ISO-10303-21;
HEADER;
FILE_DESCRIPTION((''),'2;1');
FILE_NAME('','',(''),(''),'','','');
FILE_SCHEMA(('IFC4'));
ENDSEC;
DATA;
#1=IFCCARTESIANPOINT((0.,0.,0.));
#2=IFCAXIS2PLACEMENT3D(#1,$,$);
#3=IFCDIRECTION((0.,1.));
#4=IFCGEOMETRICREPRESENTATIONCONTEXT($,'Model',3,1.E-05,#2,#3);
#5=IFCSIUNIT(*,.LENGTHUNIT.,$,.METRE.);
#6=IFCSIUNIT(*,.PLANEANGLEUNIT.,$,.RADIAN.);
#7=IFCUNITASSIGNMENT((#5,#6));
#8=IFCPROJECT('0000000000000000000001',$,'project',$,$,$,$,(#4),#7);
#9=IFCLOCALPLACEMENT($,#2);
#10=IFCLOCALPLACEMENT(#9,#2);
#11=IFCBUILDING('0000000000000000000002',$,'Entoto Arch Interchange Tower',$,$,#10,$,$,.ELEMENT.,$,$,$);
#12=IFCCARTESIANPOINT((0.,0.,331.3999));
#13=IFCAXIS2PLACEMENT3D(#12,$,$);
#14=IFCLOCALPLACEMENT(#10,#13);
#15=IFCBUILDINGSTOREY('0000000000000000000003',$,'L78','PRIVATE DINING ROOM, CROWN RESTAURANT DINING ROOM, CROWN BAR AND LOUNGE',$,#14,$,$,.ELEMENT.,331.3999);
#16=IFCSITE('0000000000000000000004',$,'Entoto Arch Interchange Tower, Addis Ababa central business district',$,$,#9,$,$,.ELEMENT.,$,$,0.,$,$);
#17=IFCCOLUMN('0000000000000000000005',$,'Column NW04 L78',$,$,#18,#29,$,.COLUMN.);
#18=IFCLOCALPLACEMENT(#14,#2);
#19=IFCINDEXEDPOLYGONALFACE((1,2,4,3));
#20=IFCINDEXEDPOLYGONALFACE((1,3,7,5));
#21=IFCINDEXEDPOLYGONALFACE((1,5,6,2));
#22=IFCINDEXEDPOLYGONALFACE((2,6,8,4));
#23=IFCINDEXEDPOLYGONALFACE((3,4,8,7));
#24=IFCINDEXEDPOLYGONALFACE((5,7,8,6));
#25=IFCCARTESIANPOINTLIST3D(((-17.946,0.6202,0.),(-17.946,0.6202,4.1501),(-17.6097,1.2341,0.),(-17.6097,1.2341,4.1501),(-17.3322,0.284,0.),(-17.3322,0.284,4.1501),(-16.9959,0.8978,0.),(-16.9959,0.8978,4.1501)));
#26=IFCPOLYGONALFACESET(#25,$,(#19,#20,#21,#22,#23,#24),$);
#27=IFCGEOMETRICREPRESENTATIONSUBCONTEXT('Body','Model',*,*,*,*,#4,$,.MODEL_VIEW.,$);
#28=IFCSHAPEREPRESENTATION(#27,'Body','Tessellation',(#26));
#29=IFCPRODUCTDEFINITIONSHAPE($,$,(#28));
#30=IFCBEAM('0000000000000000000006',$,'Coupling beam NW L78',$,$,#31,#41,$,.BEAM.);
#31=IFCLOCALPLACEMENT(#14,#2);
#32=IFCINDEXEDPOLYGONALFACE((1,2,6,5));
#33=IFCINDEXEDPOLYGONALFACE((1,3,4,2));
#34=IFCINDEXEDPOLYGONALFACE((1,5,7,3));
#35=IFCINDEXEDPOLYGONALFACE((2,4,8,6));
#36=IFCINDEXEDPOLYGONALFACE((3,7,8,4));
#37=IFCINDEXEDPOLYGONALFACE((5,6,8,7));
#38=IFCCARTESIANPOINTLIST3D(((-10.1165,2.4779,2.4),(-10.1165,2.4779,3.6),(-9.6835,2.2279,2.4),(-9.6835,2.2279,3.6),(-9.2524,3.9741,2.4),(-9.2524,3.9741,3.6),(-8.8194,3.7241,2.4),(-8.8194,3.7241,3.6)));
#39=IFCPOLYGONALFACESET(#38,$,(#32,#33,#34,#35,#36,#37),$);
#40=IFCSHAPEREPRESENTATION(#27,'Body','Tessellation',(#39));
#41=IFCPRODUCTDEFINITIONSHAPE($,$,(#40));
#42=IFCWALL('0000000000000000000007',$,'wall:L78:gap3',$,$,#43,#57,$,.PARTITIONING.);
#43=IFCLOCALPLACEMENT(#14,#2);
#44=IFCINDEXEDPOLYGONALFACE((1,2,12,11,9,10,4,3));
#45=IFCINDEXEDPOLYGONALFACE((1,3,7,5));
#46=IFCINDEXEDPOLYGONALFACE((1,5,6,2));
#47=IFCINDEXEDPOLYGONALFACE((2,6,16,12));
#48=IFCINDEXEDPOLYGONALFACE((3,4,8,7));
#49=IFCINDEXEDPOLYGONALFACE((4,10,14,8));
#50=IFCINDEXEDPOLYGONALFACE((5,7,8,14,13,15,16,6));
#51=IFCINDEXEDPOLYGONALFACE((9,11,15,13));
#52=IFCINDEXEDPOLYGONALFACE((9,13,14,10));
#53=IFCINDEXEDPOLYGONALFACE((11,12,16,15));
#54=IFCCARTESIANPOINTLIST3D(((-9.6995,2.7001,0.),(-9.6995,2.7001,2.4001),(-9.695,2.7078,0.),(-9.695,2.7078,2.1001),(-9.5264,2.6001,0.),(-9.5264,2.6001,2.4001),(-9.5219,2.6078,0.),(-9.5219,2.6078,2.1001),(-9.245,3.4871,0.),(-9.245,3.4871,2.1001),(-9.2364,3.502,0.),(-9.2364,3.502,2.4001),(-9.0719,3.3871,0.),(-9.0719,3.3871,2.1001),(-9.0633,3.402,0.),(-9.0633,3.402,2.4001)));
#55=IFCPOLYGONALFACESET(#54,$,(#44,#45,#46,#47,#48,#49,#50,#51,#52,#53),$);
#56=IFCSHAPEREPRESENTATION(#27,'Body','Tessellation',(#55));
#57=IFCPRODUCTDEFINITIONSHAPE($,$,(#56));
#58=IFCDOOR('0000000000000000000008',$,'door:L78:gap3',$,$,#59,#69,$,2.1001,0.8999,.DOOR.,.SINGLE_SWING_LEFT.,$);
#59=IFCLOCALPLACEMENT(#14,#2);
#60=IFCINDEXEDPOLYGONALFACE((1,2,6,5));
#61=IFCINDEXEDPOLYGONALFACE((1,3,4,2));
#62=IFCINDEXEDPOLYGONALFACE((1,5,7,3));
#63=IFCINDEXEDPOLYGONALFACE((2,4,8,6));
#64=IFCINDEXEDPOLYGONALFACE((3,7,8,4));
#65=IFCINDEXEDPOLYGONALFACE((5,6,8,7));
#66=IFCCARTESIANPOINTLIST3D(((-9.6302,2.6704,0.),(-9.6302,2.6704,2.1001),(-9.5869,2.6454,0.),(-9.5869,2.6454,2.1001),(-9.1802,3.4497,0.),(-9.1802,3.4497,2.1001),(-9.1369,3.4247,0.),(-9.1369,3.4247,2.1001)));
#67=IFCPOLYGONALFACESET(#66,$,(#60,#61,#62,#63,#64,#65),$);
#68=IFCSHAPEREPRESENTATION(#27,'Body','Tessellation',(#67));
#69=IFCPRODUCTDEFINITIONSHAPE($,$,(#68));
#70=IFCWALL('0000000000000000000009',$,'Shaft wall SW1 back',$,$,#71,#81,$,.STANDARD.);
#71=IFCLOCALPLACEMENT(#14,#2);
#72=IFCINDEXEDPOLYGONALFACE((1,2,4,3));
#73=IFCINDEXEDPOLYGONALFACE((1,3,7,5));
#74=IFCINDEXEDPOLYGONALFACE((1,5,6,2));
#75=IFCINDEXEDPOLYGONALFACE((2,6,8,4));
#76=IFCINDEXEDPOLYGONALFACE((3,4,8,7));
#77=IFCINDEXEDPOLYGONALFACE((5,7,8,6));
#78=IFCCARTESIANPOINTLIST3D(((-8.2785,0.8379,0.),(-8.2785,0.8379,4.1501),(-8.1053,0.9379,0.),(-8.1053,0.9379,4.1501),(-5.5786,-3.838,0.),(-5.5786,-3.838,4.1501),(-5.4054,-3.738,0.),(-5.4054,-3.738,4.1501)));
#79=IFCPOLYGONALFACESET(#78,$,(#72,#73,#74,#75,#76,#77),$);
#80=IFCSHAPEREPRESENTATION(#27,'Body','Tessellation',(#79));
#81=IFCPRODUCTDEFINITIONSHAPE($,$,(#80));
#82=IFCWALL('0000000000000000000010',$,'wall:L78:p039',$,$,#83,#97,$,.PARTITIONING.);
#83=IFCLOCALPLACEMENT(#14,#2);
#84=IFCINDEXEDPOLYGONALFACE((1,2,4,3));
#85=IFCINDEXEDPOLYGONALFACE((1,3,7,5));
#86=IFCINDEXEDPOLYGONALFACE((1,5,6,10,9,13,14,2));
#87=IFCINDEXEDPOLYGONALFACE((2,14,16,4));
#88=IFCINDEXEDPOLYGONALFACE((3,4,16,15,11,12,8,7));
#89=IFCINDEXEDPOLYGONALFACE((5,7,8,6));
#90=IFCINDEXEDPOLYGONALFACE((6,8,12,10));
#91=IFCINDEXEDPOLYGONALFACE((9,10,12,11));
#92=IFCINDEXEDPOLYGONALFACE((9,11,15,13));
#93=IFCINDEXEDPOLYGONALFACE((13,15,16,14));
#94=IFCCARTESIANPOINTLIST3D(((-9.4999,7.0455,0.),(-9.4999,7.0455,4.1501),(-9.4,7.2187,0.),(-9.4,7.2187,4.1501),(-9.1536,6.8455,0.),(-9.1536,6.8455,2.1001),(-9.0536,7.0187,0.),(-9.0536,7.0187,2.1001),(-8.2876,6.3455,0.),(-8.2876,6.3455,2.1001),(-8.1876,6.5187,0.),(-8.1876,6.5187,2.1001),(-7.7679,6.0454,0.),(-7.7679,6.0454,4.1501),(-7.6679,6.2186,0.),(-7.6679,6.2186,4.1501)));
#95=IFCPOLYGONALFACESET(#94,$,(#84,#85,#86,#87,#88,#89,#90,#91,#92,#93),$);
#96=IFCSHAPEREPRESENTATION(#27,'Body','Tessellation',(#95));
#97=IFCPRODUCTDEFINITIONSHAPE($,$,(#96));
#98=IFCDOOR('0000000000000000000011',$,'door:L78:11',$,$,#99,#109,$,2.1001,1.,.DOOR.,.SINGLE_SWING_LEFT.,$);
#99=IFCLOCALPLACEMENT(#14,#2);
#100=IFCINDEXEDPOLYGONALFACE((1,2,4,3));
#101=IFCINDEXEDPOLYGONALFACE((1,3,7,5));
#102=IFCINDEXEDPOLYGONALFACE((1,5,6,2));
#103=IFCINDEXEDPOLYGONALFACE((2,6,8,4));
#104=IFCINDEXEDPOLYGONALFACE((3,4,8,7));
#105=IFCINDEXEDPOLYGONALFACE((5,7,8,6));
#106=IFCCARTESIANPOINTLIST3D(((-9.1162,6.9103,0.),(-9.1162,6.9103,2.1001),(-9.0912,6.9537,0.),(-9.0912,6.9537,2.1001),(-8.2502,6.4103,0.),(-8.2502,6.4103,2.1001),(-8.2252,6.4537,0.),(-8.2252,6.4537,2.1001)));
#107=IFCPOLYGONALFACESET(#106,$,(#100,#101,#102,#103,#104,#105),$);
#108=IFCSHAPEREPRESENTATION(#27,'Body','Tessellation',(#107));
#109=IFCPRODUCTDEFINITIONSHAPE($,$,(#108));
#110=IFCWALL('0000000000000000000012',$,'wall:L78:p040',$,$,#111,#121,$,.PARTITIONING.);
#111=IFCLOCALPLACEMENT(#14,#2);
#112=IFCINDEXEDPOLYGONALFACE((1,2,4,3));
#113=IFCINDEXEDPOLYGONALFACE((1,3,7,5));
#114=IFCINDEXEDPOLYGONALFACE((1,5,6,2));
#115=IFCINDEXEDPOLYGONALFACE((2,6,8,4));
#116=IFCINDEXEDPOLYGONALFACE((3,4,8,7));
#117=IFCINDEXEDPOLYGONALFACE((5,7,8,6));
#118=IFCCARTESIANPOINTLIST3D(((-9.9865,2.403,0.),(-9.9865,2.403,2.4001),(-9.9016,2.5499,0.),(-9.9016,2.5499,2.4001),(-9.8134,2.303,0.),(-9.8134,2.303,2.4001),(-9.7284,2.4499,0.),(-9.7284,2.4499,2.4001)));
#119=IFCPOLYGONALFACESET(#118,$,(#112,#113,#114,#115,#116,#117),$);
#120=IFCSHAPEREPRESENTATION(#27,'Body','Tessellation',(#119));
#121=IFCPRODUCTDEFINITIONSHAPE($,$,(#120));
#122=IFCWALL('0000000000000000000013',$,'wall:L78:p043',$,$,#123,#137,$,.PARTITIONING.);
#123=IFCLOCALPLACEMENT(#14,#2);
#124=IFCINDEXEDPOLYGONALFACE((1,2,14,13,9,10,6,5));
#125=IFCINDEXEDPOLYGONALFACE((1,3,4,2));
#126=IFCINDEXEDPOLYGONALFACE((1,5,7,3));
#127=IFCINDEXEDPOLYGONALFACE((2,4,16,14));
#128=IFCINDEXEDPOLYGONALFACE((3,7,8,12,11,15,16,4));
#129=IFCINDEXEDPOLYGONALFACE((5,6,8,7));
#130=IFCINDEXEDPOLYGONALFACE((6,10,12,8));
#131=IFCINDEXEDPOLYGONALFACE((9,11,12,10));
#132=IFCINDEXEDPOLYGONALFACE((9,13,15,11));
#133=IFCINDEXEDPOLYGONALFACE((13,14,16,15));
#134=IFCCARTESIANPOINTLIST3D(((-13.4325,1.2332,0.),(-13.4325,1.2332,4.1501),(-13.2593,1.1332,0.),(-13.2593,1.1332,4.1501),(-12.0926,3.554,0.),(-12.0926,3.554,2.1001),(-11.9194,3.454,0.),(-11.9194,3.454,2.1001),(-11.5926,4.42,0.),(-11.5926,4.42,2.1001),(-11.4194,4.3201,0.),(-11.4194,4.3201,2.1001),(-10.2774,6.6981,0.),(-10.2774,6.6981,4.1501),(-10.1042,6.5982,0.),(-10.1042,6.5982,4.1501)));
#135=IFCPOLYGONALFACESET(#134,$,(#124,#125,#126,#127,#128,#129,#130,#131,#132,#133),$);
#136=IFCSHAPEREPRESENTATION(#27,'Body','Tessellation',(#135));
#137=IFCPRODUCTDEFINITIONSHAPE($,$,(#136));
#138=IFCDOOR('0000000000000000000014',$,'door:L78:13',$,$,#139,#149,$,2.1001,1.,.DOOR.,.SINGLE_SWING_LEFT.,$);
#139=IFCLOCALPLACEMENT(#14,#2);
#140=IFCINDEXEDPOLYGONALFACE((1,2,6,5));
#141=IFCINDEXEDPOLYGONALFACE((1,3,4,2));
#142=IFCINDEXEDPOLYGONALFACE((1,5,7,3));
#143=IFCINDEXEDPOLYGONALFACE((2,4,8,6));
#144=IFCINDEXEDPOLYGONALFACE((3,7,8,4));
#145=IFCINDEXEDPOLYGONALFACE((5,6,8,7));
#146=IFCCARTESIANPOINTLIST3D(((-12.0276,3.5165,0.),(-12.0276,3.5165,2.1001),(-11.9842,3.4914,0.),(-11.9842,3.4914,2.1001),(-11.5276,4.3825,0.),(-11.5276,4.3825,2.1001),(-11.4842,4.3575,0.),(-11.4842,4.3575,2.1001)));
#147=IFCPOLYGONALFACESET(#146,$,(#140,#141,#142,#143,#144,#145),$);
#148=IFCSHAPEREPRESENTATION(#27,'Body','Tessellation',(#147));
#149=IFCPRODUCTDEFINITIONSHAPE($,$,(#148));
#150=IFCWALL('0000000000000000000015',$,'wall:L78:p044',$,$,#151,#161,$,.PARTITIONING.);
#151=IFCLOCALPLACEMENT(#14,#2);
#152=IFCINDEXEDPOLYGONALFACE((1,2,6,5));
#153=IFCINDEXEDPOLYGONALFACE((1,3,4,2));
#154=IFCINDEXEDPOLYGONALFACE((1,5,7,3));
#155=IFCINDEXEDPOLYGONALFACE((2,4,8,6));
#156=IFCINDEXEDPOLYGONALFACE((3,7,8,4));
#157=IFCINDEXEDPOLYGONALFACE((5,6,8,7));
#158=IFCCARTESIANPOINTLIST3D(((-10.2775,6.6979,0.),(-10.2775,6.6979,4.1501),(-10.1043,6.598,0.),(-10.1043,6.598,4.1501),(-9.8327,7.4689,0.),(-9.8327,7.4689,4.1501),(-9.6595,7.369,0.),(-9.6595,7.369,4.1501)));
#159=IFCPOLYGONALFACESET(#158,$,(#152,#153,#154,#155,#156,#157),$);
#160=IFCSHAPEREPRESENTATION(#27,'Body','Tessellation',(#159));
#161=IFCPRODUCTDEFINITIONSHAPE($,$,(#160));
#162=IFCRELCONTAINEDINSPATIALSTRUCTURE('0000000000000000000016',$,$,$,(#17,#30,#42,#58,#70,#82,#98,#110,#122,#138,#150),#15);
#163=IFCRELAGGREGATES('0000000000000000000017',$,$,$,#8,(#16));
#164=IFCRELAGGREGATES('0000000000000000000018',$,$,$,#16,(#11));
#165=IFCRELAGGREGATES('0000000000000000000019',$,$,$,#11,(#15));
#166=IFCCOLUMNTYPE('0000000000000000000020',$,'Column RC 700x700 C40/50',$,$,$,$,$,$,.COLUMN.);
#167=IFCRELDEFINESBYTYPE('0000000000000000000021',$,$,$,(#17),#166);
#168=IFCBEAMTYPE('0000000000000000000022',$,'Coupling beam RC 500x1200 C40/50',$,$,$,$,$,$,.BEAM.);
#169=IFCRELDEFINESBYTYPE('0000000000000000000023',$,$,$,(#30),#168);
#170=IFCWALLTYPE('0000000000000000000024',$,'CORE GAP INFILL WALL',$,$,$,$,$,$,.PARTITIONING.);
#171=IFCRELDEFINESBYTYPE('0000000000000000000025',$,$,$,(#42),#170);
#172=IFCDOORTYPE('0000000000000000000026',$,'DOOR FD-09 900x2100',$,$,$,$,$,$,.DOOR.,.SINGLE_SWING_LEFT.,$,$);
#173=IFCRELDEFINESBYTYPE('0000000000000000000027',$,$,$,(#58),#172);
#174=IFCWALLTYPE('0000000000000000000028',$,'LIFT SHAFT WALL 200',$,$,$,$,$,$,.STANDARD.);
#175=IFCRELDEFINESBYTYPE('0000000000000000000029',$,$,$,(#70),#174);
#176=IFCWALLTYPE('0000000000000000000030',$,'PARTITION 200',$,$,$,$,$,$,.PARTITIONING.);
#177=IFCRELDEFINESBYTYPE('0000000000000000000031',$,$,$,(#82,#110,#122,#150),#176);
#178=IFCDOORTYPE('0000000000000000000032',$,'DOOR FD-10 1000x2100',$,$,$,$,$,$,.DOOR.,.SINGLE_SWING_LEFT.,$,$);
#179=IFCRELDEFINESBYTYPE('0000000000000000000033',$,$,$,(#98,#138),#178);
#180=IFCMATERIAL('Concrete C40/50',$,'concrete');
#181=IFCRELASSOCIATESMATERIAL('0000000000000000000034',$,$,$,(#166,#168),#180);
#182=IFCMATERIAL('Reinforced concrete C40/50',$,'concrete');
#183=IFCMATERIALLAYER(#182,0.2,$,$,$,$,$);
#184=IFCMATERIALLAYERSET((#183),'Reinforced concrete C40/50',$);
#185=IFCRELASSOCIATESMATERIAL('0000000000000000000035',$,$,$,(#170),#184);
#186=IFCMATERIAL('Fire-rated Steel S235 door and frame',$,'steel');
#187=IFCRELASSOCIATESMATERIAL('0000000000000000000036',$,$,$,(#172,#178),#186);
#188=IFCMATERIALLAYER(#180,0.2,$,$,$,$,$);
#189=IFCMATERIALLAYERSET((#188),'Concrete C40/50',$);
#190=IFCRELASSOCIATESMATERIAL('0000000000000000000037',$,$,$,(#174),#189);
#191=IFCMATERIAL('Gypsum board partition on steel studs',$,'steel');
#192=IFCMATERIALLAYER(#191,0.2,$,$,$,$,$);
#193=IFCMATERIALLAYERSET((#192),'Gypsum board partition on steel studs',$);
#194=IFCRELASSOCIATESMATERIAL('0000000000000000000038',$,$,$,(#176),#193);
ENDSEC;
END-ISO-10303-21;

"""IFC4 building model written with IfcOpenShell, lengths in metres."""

from ifc_helpers import new_model, si_unit, direction, frame, frame_2d, origin, origin_2d, place, context, subcontext, project, spatial, rectangle, extrude, material, layer, layer_set, material_profile, profile_set, type_object, element, fill, save


model = new_model("IFC4")

# Units and contexts
model_context = context("Model", 3, precision=1e-05, world=origin(), true_north=direction((0.0, 1.0)))
body_context = subcontext(model_context, "Body", "Model", "MODEL_VIEW")
ifc_project = project(units=[si_unit("LENGTHUNIT", "METRE"), si_unit("PLANEANGLEUNIT", "RADIAN")], contexts=[model_context])

# Site, building, storey
site_placement = place(None, origin())
site = spatial("IfcSite", under=ifc_project, at=site_placement, Name="Entoto Arch Interchange Tower, Addis Ababa central business district", CompositionType="ELEMENT", RefElevation=0.0)
building_placement = place(site_placement, origin())
building = spatial("IfcBuilding", under=site, at=building_placement, Name="Entoto Arch Interchange Tower", CompositionType="ELEMENT")
storey_placement = place(building_placement, frame((0.0, 0.0, 331.3999)))
storey = spatial("IfcBuildingStorey", under=building, at=storey_placement, Name="L78", Description="PRIVATE DINING ROOM, CROWN RESTAURANT DINING ROOM, CROWN BAR AND LOUNGE", CompositionType="ELEMENT", Elevation=331.3999)

# Column
ifc_material_1 = material(Name="Concrete C40/50", Category="concrete")
ifc_material_profile_1 = material_profile(ifc_material_1, rectangle(XDim=0.7, YDim=0.7, at=origin_2d()))
ifc_profile_set_1 = profile_set([ifc_material_profile_1], Name="Concrete C40/50")
column_type = type_object("IfcColumnType", Name="Column RC 700x700 C40/50", PredefinedType="COLUMN", material=ifc_profile_set_1)
column_placement = place(storey_placement, frame((-17.4709, 0.759, 0.0), z_axis=(0.0, 0.0, 1.0), x_axis=(0.480438, 0.877029, 0.0)))
element("IfcColumn", 1, at=column_placement, inside=storey, type_object=column_type, Name="Column NW04 L78", PredefinedType="COLUMN", context=body_context, shape_type="SweptSolid", body=[
    extrude(rectangle(XDim=0.7, YDim=0.7, at=origin_2d()), origin(), (0.0, 0.0, 1.0), 4.1501),
])

# Beam
ifc_material_profile_2 = material_profile(ifc_material_1, rectangle(XDim=0.5, YDim=1.2, at=origin_2d()))
ifc_profile_set_2 = profile_set([ifc_material_profile_2], Name="Concrete C40/50")
beam_type = type_object("IfcBeamType", Name="Coupling beam RC 500x1200 C40/50", PredefinedType="BEAM", material=ifc_profile_set_2)
beam_placement = place(storey_placement, frame((-9.0359, 3.8491, 3.0), z_axis=(-0.500106, -0.865964, 0.0), x_axis=(0.865964, -0.500106, 0.0)))
element("IfcBeam", 2, at=beam_placement, inside=storey, type_object=beam_type, Name="Coupling beam NW L78", PredefinedType="BEAM", context=body_context, shape_type="SweptSolid", body=[
    extrude(rectangle(XDim=0.5, YDim=1.2, at=origin_2d()), origin(), (0.0, 0.0, 1.0), 1.7278),
])

# Wall, opening, door
ifc_material_2 = material(Name="Reinforced concrete C40/50", Category="concrete")
ifc_layer_1 = layer(ifc_material_2, 0.2)
ifc_layer_set_1 = layer_set([ifc_layer_1], Name="Reinforced concrete C40/50")
wall_type_1 = type_object("IfcWallType", Name="CORE GAP INFILL WALL", PredefinedType="PARTITIONING", material=ifc_layer_set_1)
wall_1_placement = place(storey_placement, frame((-9.1499, 3.4519, 0.0), z_axis=(0.0, 0.0, 1.0), x_axis=(-0.50008, -0.865979, 0.0)))
wall_1 = element("IfcWall", 3, at=wall_1_placement, inside=storey, type_object=wall_type_1, Name="wall:L78:gap3", PredefinedType="PARTITIONING", context=body_context, shape_type="SweptSolid", body=[
    extrude(rectangle(XDim=0.926, YDim=0.2, at=frame_2d((0.4629, 0.0))), origin(), (0.0, 0.0, 1.0), 2.4001),
])
opening_1_placement = place(wall_1_placement, frame((0.0171, 0.0, 0.0)))
opening_1 = element("IfcOpeningElement", 4, at=opening_1_placement, cuts=wall_1, PredefinedType="OPENING", context=body_context, shape_type="SweptSolid", body=[
    extrude(rectangle(XDim=0.8999, YDim=2.1001, at=frame_2d((0.45, 1.05))), frame((0.0, 0.1099, 0.0), z_axis=(0.0, -1.0, 0.0), x_axis=(1.0, 0.0, 0.0)), (0.0, 0.0, 1.0), 0.22),
])
ifc_material_3 = material(Name="Fire-rated Steel S235 door and frame", Category="steel")
door_type_1 = type_object("IfcDoorType", Name="DOOR FD-09 900x2100", OperationType="SINGLE_SWING_LEFT", PredefinedType="DOOR", material=ifc_material_3)
door_1_placement = place(opening_1_placement, origin())
door_1 = element("IfcDoor", 5, at=door_1_placement, inside=storey, type_object=door_type_1, Name="door:L78:gap3", OperationType="SINGLE_SWING_LEFT", OverallHeight=2.1001, OverallWidth=0.8999, PredefinedType="DOOR", context=body_context, shape_type="SweptSolid", body=[
    extrude(rectangle(XDim=0.8999, YDim=2.1001, at=frame_2d((0.45, 1.05))), frame((0.0, 0.0249, 0.0), z_axis=(0.0, -1.0, 0.0), x_axis=(1.0, 0.0, 0.0)), (0.0, 0.0, 1.0), 0.05),
])
fill(opening_1, door_1)

# Wall
ifc_layer_2 = layer(ifc_material_1, 0.2)
ifc_layer_set_2 = layer_set([ifc_layer_2], Name="Concrete C40/50")
wall_type_2 = type_object("IfcWallType", Name="LIFT SHAFT WALL 200", PredefinedType="STANDARD", material=ifc_layer_set_2)
wall_2_placement = place(storey_placement, frame((-8.1919, 0.8879, 0.0), z_axis=(0.0, 0.0, 1.0), x_axis=(0.500034, -0.866006, 0.0)))
element("IfcWall", 6, at=wall_2_placement, inside=storey, type_object=wall_type_2, Name="Shaft wall SW1 back", PredefinedType="STANDARD", context=body_context, shape_type="SweptSolid", body=[
    extrude(rectangle(XDim=5.3994, YDim=0.2, at=frame_2d((2.6997, 0.0))), origin(), (0.0, 0.0, 1.0), 4.1501),
])

# Wall, opening, door
ifc_material_4 = material(Name="Gypsum board partition on steel studs", Category="steel")
ifc_layer_3 = layer(ifc_material_4, 0.2)
ifc_layer_set_3 = layer_set([ifc_layer_3], Name="Gypsum board partition on steel studs")
wall_type_3 = type_object("IfcWallType", Name="PARTITION 200", PredefinedType="PARTITIONING", material=ifc_layer_set_3)
wall_3_placement = place(storey_placement, frame((-9.45, 7.1321, 0.0), z_axis=(0.0, 0.0, 1.0), x_axis=(0.866011, -0.500025, 0.0)))
wall_3 = element("IfcWall", 7, at=wall_3_placement, inside=storey, type_object=wall_type_3, Name="wall:L78:p039", PredefinedType="PARTITIONING", context=body_context, shape_type="SweptSolid", body=[
    extrude(rectangle(XDim=2.0, YDim=0.2, at=frame_2d((1.0, 0.0))), origin(), (0.0, 0.0, 1.0), 4.1501),
])
opening_2_placement = place(wall_3_placement, frame((0.3999, 0.0, 0.0)))
opening_2 = element("IfcOpeningElement", 8, at=opening_2_placement, cuts=wall_3, PredefinedType="OPENING", context=body_context, shape_type="SweptSolid", body=[
    extrude(rectangle(XDim=1.0, YDim=2.1001, at=frame_2d((0.5, 1.05))), frame((0.0, 0.1099, 0.0), z_axis=(0.0, -1.0, 0.0), x_axis=(1.0, 0.0, 0.0)), (0.0, 0.0, 1.0), 0.22),
])
door_type_2 = type_object("IfcDoorType", Name="DOOR FD-10 1000x2100", OperationType="SINGLE_SWING_LEFT", PredefinedType="DOOR", material=ifc_material_3)
door_2_placement = place(opening_2_placement, origin())
door_2 = element("IfcDoor", 9, at=door_2_placement, inside=storey, type_object=door_type_2, Name="door:L78:11", OperationType="SINGLE_SWING_LEFT", OverallHeight=2.1001, OverallWidth=1.0, PredefinedType="DOOR", context=body_context, shape_type="SweptSolid", body=[
    extrude(rectangle(XDim=1.0, YDim=2.1001, at=frame_2d((0.5, 1.05))), frame((0.0, 0.0249, 0.0), z_axis=(0.0, -1.0, 0.0), x_axis=(1.0, 0.0, 0.0)), (0.0, 0.0, 1.0), 0.05),
])
fill(opening_2, door_2)

# Wall
wall_4_placement = place(storey_placement, frame((-9.8149, 2.5, 0.0), z_axis=(0.0, 0.0, 1.0), x_axis=(-0.500469, -0.865754, 0.0)))
element("IfcWall", 10, at=wall_4_placement, inside=storey, type_object=wall_type_3, Name="wall:L78:p040", PredefinedType="PARTITIONING", context=body_context, shape_type="SweptSolid", body=[
    extrude(rectangle(XDim=0.1697, YDim=0.2, at=frame_2d((0.085, 0.0))), origin(), (0.0, 0.0, 1.0), 2.4001),
])

# Wall, opening, door
wall_5_placement = place(storey_placement, frame((-13.3459, 1.1831, 0.0), z_axis=(0.0, 0.0, 1.0), x_axis=(0.499988, 0.866032, 0.0)))
wall_5 = element("IfcWall", 11, at=wall_5_placement, inside=storey, type_object=wall_type_3, Name="wall:L78:p043", PredefinedType="PARTITIONING", context=body_context, shape_type="SweptSolid", body=[
    extrude(rectangle(XDim=6.3103, YDim=0.2, at=frame_2d((3.1553, 0.0))), origin(), (0.0, 0.0, 1.0), 4.1501),
])
opening_3_placement = place(wall_5_placement, frame((2.6799, 0.0, 0.0)))
opening_3 = element("IfcOpeningElement", 12, at=opening_3_placement, cuts=wall_5, PredefinedType="OPENING", context=body_context, shape_type="SweptSolid", body=[
    extrude(rectangle(XDim=1.0, YDim=2.1001, at=frame_2d((0.5, 1.05))), frame((0.0, 0.1099, 0.0), z_axis=(0.0, -1.0, 0.0), x_axis=(1.0, 0.0, 0.0)), (0.0, 0.0, 1.0), 0.22),
])
door_3_placement = place(opening_3_placement, origin())
door_3 = element("IfcDoor", 13, at=door_3_placement, inside=storey, type_object=door_type_2, Name="door:L78:13", OperationType="SINGLE_SWING_LEFT", OverallHeight=2.1001, OverallWidth=1.0, PredefinedType="DOOR", context=body_context, shape_type="SweptSolid", body=[
    extrude(rectangle(XDim=1.0, YDim=2.1001, at=frame_2d((0.5, 1.05))), frame((0.0, 0.0249, 0.0), z_axis=(0.0, -1.0, 0.0), x_axis=(1.0, 0.0, 0.0)), (0.0, 0.0, 1.0), 0.05),
])
fill(opening_3, door_3)

# Wall
wall_6_placement = place(storey_placement, frame((-10.1909, 6.6479, 0.0), z_axis=(0.0, 0.0, 1.0), x_axis=(0.499738, 0.866176, 0.0)))
element("IfcWall", 14, at=wall_6_placement, inside=storey, type_object=wall_type_3, Name="wall:L78:p044", PredefinedType="PARTITIONING", context=body_context, shape_type="SweptSolid", body=[
    extrude(rectangle(XDim=0.8901, YDim=0.2, at=frame_2d((0.4451, 0.0))), origin(), (0.0, 0.0, 1.0), 4.1501),
])

save(model, "model.ifc")
